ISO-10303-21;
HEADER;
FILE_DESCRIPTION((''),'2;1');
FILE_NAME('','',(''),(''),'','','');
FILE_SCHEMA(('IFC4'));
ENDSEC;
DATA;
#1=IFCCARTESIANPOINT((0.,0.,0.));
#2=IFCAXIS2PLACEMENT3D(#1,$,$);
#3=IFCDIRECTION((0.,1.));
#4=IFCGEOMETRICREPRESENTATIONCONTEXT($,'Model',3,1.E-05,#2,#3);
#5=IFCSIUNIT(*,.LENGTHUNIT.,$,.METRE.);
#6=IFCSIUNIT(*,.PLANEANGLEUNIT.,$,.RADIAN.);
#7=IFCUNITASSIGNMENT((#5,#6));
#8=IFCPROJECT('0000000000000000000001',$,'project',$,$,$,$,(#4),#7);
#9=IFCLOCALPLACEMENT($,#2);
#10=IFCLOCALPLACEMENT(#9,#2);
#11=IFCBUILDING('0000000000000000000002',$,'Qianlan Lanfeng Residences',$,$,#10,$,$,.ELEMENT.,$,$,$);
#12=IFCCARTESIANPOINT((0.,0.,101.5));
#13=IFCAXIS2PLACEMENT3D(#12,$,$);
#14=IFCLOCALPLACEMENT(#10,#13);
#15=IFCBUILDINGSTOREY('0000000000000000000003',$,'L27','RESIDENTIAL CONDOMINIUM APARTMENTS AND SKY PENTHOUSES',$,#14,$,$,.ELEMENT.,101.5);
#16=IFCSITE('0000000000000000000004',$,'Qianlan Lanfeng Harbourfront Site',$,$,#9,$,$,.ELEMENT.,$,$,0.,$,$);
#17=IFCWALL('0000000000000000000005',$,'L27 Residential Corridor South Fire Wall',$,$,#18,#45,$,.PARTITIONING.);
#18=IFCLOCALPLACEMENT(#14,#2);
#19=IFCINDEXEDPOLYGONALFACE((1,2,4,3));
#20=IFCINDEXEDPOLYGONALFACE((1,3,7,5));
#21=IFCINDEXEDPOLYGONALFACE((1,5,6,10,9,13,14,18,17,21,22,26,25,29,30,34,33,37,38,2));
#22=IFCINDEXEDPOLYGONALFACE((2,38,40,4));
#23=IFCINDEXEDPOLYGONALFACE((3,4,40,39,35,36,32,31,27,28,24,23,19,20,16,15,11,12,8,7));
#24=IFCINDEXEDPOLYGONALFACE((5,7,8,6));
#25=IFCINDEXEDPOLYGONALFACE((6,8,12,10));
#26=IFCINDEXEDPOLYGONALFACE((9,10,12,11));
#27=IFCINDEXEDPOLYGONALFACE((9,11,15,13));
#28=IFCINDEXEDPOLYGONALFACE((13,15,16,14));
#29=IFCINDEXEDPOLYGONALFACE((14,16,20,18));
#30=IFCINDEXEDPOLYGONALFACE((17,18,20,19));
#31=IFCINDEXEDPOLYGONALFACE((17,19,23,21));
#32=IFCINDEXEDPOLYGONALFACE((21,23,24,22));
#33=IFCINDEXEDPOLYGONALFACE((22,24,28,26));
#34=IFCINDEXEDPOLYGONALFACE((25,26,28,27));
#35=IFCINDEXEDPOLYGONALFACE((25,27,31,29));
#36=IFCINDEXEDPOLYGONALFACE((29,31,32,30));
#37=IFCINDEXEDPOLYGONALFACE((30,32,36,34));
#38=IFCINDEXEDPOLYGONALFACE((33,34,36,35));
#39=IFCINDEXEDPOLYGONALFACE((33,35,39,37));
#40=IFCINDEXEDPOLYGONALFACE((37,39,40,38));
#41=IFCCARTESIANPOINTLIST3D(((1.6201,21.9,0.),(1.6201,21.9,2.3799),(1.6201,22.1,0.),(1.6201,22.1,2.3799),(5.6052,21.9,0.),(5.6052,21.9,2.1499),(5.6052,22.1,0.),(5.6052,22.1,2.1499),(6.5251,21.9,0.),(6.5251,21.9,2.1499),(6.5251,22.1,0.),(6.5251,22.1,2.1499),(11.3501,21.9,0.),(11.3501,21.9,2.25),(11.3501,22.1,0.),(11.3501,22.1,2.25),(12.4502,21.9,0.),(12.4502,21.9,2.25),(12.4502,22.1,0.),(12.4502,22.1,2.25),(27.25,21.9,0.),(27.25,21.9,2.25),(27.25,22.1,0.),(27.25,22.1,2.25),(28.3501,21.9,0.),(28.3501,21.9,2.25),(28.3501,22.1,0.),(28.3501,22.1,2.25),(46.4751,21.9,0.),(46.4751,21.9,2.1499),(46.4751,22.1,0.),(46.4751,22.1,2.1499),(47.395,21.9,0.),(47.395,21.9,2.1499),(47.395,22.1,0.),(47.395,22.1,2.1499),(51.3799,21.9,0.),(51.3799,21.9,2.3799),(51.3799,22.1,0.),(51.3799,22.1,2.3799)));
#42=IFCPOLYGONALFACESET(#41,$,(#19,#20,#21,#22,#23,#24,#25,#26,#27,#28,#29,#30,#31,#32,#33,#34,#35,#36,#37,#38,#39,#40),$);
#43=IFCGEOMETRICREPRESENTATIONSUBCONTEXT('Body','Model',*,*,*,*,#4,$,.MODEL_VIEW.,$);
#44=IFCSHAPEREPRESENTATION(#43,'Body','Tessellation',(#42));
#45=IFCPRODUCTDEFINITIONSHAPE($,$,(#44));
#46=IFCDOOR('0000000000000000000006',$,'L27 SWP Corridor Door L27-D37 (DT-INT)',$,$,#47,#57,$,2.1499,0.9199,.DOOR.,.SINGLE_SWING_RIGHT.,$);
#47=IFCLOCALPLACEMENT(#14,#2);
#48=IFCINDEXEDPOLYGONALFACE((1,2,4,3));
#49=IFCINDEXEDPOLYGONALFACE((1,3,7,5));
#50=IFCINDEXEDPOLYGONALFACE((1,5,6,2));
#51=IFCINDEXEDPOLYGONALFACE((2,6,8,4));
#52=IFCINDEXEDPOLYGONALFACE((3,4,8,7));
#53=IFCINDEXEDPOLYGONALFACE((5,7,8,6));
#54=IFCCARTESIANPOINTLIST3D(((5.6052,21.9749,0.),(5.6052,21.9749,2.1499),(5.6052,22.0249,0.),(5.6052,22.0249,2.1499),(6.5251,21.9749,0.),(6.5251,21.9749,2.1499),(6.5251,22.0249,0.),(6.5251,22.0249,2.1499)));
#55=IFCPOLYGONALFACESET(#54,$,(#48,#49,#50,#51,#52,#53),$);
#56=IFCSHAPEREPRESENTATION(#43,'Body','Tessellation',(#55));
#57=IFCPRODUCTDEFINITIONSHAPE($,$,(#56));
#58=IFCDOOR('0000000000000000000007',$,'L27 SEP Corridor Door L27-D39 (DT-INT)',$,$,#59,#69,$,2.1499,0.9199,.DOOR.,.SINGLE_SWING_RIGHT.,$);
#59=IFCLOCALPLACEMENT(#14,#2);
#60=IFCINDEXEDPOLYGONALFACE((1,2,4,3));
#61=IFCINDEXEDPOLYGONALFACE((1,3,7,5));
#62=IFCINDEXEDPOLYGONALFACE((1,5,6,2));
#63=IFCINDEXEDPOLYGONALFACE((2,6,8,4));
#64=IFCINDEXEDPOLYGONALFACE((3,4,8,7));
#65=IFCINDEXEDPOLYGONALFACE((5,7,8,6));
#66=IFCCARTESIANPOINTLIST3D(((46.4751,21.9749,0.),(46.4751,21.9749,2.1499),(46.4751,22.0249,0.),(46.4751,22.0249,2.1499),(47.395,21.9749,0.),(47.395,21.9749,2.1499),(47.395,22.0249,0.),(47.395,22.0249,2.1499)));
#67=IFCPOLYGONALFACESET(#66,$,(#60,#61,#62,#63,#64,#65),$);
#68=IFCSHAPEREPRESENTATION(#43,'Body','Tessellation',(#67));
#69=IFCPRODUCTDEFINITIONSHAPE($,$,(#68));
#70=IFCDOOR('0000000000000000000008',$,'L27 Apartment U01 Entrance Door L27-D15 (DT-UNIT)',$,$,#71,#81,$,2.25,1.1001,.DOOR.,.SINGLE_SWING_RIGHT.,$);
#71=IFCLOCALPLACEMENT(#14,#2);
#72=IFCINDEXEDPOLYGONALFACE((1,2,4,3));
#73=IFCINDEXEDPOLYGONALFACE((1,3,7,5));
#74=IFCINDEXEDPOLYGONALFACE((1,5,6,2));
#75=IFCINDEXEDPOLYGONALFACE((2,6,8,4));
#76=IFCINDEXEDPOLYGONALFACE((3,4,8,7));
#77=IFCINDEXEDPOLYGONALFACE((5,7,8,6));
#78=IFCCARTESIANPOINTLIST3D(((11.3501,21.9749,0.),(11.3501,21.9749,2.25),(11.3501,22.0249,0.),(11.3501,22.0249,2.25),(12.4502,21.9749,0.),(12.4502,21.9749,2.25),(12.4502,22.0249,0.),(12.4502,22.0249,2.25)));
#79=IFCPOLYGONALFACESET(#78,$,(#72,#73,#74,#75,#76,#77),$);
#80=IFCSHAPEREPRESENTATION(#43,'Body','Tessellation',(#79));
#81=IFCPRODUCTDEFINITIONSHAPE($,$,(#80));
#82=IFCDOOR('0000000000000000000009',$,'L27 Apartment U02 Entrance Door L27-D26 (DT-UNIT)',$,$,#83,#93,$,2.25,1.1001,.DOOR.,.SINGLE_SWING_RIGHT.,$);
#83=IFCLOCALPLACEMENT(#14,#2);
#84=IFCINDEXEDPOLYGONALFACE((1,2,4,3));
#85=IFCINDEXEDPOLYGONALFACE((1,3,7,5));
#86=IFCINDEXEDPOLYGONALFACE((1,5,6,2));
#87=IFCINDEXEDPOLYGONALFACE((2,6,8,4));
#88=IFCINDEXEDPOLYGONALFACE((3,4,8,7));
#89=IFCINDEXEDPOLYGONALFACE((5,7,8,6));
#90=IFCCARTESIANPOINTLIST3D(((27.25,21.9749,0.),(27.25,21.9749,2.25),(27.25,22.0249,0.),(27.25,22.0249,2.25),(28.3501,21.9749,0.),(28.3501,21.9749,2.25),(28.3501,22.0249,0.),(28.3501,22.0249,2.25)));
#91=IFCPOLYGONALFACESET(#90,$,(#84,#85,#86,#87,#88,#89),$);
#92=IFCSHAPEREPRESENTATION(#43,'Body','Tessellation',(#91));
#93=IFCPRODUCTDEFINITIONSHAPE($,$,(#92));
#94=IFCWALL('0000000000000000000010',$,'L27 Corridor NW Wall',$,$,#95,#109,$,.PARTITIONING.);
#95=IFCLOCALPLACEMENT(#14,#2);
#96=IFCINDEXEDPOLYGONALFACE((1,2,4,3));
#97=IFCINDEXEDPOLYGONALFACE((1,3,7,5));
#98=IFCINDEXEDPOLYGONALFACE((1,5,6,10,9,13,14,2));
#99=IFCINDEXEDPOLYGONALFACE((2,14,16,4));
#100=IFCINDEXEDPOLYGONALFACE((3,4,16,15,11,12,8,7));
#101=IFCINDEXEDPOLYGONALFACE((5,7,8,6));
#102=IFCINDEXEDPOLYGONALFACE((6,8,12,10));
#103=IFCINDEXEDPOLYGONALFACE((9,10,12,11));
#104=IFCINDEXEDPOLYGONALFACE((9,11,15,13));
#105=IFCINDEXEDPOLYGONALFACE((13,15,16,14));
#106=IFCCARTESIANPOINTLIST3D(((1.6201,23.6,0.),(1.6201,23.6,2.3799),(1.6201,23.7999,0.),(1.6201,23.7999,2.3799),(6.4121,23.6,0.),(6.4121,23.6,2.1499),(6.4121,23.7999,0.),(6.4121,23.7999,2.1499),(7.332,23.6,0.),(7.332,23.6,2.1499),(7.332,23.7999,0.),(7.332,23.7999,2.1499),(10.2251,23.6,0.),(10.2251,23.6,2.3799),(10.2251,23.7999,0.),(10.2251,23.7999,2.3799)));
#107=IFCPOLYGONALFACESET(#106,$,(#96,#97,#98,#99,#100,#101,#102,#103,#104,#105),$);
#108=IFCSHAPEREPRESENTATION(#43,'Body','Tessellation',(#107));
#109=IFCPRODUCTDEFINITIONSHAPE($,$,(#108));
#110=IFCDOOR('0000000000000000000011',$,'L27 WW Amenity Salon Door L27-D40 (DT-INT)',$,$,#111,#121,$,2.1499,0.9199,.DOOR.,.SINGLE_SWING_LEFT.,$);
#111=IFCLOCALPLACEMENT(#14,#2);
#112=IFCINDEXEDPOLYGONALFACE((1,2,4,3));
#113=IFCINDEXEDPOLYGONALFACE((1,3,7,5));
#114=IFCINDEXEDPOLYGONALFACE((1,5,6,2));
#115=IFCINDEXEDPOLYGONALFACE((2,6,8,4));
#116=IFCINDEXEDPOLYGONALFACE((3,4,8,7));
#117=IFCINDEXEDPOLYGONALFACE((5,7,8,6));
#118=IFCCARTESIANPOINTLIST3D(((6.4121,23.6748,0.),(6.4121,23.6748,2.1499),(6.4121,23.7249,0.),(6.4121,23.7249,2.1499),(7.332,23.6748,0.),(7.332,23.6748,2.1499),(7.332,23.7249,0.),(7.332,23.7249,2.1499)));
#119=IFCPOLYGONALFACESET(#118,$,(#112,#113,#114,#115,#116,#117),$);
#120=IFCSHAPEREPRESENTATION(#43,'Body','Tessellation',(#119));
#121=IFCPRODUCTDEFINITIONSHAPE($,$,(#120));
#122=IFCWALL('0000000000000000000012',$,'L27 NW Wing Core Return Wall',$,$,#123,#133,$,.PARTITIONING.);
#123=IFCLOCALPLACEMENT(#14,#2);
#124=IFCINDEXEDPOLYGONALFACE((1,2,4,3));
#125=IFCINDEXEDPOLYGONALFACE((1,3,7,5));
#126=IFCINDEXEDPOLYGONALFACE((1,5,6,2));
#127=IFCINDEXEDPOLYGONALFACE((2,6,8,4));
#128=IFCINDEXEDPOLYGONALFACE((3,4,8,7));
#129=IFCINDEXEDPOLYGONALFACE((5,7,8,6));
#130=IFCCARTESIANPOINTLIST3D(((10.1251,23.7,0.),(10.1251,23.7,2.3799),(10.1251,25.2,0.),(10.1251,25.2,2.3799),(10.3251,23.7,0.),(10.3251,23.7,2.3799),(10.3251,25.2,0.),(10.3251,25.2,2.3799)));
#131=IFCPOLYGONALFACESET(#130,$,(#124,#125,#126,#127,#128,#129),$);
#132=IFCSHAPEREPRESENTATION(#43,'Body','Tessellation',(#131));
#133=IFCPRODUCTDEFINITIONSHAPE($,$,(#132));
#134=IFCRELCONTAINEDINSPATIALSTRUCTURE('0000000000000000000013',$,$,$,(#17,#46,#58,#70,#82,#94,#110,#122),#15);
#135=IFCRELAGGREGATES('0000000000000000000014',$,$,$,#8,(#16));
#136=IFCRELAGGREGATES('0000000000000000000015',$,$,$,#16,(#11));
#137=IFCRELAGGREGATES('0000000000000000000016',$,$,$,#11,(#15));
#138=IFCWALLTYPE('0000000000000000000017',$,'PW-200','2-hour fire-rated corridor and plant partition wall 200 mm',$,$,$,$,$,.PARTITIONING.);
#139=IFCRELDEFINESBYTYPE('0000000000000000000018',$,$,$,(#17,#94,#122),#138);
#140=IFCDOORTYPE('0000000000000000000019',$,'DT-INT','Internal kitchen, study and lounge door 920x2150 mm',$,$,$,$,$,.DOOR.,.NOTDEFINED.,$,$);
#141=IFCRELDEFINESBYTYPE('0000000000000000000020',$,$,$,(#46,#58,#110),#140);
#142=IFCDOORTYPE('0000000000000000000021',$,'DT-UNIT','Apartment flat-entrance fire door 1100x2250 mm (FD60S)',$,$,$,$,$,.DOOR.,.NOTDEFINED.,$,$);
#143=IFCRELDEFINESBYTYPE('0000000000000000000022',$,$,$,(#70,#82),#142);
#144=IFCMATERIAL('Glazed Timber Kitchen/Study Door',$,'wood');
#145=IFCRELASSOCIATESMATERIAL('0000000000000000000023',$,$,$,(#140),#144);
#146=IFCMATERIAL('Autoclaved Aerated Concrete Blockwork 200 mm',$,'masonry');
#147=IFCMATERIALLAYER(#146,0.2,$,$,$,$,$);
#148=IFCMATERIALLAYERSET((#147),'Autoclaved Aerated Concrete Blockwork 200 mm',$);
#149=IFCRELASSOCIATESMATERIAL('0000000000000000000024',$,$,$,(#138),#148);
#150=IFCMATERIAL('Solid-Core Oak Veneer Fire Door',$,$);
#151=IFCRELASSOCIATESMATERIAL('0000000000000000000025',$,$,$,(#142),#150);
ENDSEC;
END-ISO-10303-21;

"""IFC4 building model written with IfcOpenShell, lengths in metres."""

from ifc_helpers import new_model, si_unit, direction, frame, frame_2d, origin, place, context, subcontext, project, spatial, rectangle, extrude, material, layer, layer_set, type_object, element, fill, save


model = new_model("IFC4")

# Units and contexts
model_context = context("Model", 3, precision=1e-05, world=origin(), true_north=direction((0.0, 1.0)))
body_context = subcontext(model_context, "Body", "Model", "MODEL_VIEW")
ifc_project = project(units=[si_unit("LENGTHUNIT", "METRE"), si_unit("PLANEANGLEUNIT", "RADIAN")], contexts=[model_context])

# Site, building, storey
site_placement = place(None, origin())
site = spatial("IfcSite", under=ifc_project, at=site_placement, Name="Qianlan Lanfeng Harbourfront Site", CompositionType="ELEMENT", RefElevation=0.0)
building_placement = place(site_placement, origin())
building = spatial("IfcBuilding", under=site, at=building_placement, Name="Qianlan Lanfeng Residences", CompositionType="ELEMENT")
storey_placement = place(building_placement, frame((0.0, 0.0, 101.5)))
storey = spatial("IfcBuildingStorey", under=building, at=storey_placement, Name="L27", Description="RESIDENTIAL CONDOMINIUM APARTMENTS AND SKY PENTHOUSES", CompositionType="ELEMENT", Elevation=101.5)

# Shared definitions
ifc_material_1 = material(Name="Glazed Timber Kitchen/Study Door", Category="wood")
door_type_1 = type_object("IfcDoorType", Name="DT-INT", Description="Internal kitchen, study and lounge door 920x2150 mm", OperationType="NOTDEFINED", PredefinedType="DOOR", material=ifc_material_1)

# Wall, openings, doors
ifc_material_2 = material(Name="Autoclaved Aerated Concrete Blockwork 200 mm", Category="masonry")
ifc_layer_1 = layer(ifc_material_2, 0.2)
ifc_layer_set_1 = layer_set([ifc_layer_1], Name="Autoclaved Aerated Concrete Blockwork 200 mm")
wall_type_1 = type_object("IfcWallType", Name="PW-200", Description="2-hour fire-rated corridor and plant partition wall 200 mm", PredefinedType="PARTITIONING", material=ifc_layer_set_1)
wall_1_placement = place(storey_placement, frame((1.6201, 22.0, 0.0), z_axis=(0.0, 0.0, 1.0), x_axis=(1.0, 0.0, 0.0)))
wall_1 = element("IfcWall", 1, at=wall_1_placement, inside=storey, type_object=wall_type_1, Name="L27 Residential Corridor South Fire Wall", PredefinedType="PARTITIONING", context=body_context, shape_type="SweptSolid", body=[
    extrude(rectangle(XDim=49.7598, YDim=0.2, at=frame_2d((24.8799, 0.0))), origin(), (0.0, 0.0, 1.0), 2.3799),
])
opening_1_placement = place(wall_1_placement, frame((9.73, 0.0, 0.0)))
opening_1 = element("IfcOpeningElement", 2, at=opening_1_placement, cuts=wall_1, PredefinedType="OPENING", context=body_context, shape_type="SweptSolid", body=[
    extrude(rectangle(XDim=1.1001, YDim=2.25, at=frame_2d((0.55, 1.125))), frame((0.0, 0.1099, 0.0), z_axis=(0.0, -1.0, 0.0), x_axis=(1.0, 0.0, 0.0)), (0.0, 0.0, 1.0), 0.22),
])
opening_2_placement = place(wall_1_placement, frame((25.6299, 0.0, 0.0)))
opening_2 = element("IfcOpeningElement", 3, at=opening_2_placement, cuts=wall_1, PredefinedType="OPENING", context=body_context, shape_type="SweptSolid", body=[
    extrude(rectangle(XDim=1.1001, YDim=2.25, at=frame_2d((0.55, 1.125))), frame((0.0, 0.1099, 0.0), z_axis=(0.0, -1.0, 0.0), x_axis=(1.0, 0.0, 0.0)), (0.0, 0.0, 1.0), 0.22),
])
opening_3_placement = place(wall_1_placement, frame((3.9851, 0.0, 0.0)))
opening_3 = element("IfcOpeningElement", 4, at=opening_3_placement, cuts=wall_1, PredefinedType="OPENING", context=body_context, shape_type="SweptSolid", body=[
    extrude(rectangle(XDim=0.9199, YDim=2.1499, at=frame_2d((0.46, 1.075))), frame((0.0, 0.1099, 0.0), z_axis=(0.0, -1.0, 0.0), x_axis=(1.0, 0.0, 0.0)), (0.0, 0.0, 1.0), 0.22),
])
opening_4_placement = place(wall_1_placement, frame((44.855, 0.0, 0.0)))
opening_4 = element("IfcOpeningElement", 5, at=opening_4_placement, cuts=wall_1, PredefinedType="OPENING", context=body_context, shape_type="SweptSolid", body=[
    extrude(rectangle(XDim=0.9199, YDim=2.1499, at=frame_2d((0.46, 1.075))), frame((0.0, 0.1099, 0.0), z_axis=(0.0, -1.0, 0.0), x_axis=(1.0, 0.0, 0.0)), (0.0, 0.0, 1.0), 0.22),
])
door_1_placement = place(opening_3_placement, origin())
door_1 = element("IfcDoor", 6, at=door_1_placement, inside=storey, type_object=door_type_1, Name="L27 SWP Corridor Door L27-D37 (DT-INT)", OperationType="SINGLE_SWING_RIGHT", OverallHeight=2.1499, OverallWidth=0.9199, PredefinedType="DOOR", context=body_context, shape_type="SweptSolid", body=[
    extrude(rectangle(XDim=0.9199, YDim=2.1499, at=frame_2d((0.46, 1.075))), frame((0.0, 0.0249, 0.0), z_axis=(0.0, -1.0, 0.0), x_axis=(1.0, 0.0, 0.0)), (0.0, 0.0, 1.0), 0.05),
])
fill(opening_3, door_1)
door_2_placement = place(opening_4_placement, origin())
door_2 = element("IfcDoor", 7, at=door_2_placement, inside=storey, type_object=door_type_1, Name="L27 SEP Corridor Door L27-D39 (DT-INT)", OperationType="SINGLE_SWING_RIGHT", OverallHeight=2.1499, OverallWidth=0.9199, PredefinedType="DOOR", context=body_context, shape_type="SweptSolid", body=[
    extrude(rectangle(XDim=0.9199, YDim=2.1499, at=frame_2d((0.46, 1.075))), frame((0.0, 0.0249, 0.0), z_axis=(0.0, -1.0, 0.0), x_axis=(1.0, 0.0, 0.0)), (0.0, 0.0, 1.0), 0.05),
])
fill(opening_4, door_2)
ifc_material_3 = material(Name="Solid-Core Oak Veneer Fire Door")
door_type_2 = type_object("IfcDoorType", Name="DT-UNIT", Description="Apartment flat-entrance fire door 1100x2250 mm (FD60S)", OperationType="NOTDEFINED", PredefinedType="DOOR", material=ifc_material_3)
door_3_placement = place(opening_1_placement, origin())
door_3 = element("IfcDoor", 8, at=door_3_placement, inside=storey, type_object=door_type_2, Name="L27 Apartment U01 Entrance Door L27-D15 (DT-UNIT)", OperationType="SINGLE_SWING_RIGHT", OverallHeight=2.25, OverallWidth=1.1001, PredefinedType="DOOR", context=body_context, shape_type="SweptSolid", body=[
    extrude(rectangle(XDim=1.1001, YDim=2.25, at=frame_2d((0.55, 1.125))), frame((0.0, 0.0249, 0.0), z_axis=(0.0, -1.0, 0.0), x_axis=(1.0, 0.0, 0.0)), (0.0, 0.0, 1.0), 0.05),
])
fill(opening_1, door_3)
door_4_placement = place(opening_2_placement, origin())
door_4 = element("IfcDoor", 9, at=door_4_placement, inside=storey, type_object=door_type_2, Name="L27 Apartment U02 Entrance Door L27-D26 (DT-UNIT)", OperationType="SINGLE_SWING_RIGHT", OverallHeight=2.25, OverallWidth=1.1001, PredefinedType="DOOR", context=body_context, shape_type="SweptSolid", body=[
    extrude(rectangle(XDim=1.1001, YDim=2.25, at=frame_2d((0.55, 1.125))), frame((0.0, 0.0249, 0.0), z_axis=(0.0, -1.0, 0.0), x_axis=(1.0, 0.0, 0.0)), (0.0, 0.0, 1.0), 0.05),
])
fill(opening_2, door_4)

# Wall, opening, door
wall_2_placement = place(storey_placement, frame((1.6201, 23.7, 0.0), z_axis=(0.0, 0.0, 1.0), x_axis=(1.0, 0.0, 0.0)))
wall_2 = element("IfcWall", 10, at=wall_2_placement, inside=storey, type_object=wall_type_1, Name="L27 Corridor NW Wall", PredefinedType="PARTITIONING", context=body_context, shape_type="SweptSolid", body=[
    extrude(rectangle(XDim=8.605, YDim=0.2, at=frame_2d((4.3025, 0.0))), origin(), (0.0, 0.0, 1.0), 2.3799),
])
opening_5_placement = place(wall_2_placement, frame((4.792, 0.0, 0.0)))
opening_5 = element("IfcOpeningElement", 11, at=opening_5_placement, cuts=wall_2, PredefinedType="OPENING", context=body_context, shape_type="SweptSolid", body=[
    extrude(rectangle(XDim=0.9199, YDim=2.1499, at=frame_2d((0.46, 1.075))), frame((0.0, 0.1099, 0.0), z_axis=(0.0, -1.0, 0.0), x_axis=(1.0, 0.0, 0.0)), (0.0, 0.0, 1.0), 0.22),
])
door_5_placement = place(opening_5_placement, origin())
door_5 = element("IfcDoor", 12, at=door_5_placement, inside=storey, type_object=door_type_1, Name="L27 WW Amenity Salon Door L27-D40 (DT-INT)", OperationType="SINGLE_SWING_LEFT", OverallHeight=2.1499, OverallWidth=0.9199, PredefinedType="DOOR", context=body_context, shape_type="SweptSolid", body=[
    extrude(rectangle(XDim=0.9199, YDim=2.1499, at=frame_2d((0.46, 1.075))), frame((0.0, 0.0249, 0.0), z_axis=(0.0, -1.0, 0.0), x_axis=(1.0, 0.0, 0.0)), (0.0, 0.0, 1.0), 0.05),
])
fill(opening_5, door_5)

# Wall
wall_3_placement = place(storey_placement, frame((10.2251, 23.7, 0.0), z_axis=(0.0, 0.0, 1.0), x_axis=(0.0, 1.0, 0.0)))
element("IfcWall", 13, at=wall_3_placement, inside=storey, type_object=wall_type_1, Name="L27 NW Wing Core Return Wall", PredefinedType="PARTITIONING", context=body_context, shape_type="SweptSolid", body=[
    extrude(rectangle(XDim=1.5, YDim=0.2, at=frame_2d((0.75, 0.0))), origin(), (0.0, 0.0, 1.0), 2.3799),
])

save(model, "model.ifc")
